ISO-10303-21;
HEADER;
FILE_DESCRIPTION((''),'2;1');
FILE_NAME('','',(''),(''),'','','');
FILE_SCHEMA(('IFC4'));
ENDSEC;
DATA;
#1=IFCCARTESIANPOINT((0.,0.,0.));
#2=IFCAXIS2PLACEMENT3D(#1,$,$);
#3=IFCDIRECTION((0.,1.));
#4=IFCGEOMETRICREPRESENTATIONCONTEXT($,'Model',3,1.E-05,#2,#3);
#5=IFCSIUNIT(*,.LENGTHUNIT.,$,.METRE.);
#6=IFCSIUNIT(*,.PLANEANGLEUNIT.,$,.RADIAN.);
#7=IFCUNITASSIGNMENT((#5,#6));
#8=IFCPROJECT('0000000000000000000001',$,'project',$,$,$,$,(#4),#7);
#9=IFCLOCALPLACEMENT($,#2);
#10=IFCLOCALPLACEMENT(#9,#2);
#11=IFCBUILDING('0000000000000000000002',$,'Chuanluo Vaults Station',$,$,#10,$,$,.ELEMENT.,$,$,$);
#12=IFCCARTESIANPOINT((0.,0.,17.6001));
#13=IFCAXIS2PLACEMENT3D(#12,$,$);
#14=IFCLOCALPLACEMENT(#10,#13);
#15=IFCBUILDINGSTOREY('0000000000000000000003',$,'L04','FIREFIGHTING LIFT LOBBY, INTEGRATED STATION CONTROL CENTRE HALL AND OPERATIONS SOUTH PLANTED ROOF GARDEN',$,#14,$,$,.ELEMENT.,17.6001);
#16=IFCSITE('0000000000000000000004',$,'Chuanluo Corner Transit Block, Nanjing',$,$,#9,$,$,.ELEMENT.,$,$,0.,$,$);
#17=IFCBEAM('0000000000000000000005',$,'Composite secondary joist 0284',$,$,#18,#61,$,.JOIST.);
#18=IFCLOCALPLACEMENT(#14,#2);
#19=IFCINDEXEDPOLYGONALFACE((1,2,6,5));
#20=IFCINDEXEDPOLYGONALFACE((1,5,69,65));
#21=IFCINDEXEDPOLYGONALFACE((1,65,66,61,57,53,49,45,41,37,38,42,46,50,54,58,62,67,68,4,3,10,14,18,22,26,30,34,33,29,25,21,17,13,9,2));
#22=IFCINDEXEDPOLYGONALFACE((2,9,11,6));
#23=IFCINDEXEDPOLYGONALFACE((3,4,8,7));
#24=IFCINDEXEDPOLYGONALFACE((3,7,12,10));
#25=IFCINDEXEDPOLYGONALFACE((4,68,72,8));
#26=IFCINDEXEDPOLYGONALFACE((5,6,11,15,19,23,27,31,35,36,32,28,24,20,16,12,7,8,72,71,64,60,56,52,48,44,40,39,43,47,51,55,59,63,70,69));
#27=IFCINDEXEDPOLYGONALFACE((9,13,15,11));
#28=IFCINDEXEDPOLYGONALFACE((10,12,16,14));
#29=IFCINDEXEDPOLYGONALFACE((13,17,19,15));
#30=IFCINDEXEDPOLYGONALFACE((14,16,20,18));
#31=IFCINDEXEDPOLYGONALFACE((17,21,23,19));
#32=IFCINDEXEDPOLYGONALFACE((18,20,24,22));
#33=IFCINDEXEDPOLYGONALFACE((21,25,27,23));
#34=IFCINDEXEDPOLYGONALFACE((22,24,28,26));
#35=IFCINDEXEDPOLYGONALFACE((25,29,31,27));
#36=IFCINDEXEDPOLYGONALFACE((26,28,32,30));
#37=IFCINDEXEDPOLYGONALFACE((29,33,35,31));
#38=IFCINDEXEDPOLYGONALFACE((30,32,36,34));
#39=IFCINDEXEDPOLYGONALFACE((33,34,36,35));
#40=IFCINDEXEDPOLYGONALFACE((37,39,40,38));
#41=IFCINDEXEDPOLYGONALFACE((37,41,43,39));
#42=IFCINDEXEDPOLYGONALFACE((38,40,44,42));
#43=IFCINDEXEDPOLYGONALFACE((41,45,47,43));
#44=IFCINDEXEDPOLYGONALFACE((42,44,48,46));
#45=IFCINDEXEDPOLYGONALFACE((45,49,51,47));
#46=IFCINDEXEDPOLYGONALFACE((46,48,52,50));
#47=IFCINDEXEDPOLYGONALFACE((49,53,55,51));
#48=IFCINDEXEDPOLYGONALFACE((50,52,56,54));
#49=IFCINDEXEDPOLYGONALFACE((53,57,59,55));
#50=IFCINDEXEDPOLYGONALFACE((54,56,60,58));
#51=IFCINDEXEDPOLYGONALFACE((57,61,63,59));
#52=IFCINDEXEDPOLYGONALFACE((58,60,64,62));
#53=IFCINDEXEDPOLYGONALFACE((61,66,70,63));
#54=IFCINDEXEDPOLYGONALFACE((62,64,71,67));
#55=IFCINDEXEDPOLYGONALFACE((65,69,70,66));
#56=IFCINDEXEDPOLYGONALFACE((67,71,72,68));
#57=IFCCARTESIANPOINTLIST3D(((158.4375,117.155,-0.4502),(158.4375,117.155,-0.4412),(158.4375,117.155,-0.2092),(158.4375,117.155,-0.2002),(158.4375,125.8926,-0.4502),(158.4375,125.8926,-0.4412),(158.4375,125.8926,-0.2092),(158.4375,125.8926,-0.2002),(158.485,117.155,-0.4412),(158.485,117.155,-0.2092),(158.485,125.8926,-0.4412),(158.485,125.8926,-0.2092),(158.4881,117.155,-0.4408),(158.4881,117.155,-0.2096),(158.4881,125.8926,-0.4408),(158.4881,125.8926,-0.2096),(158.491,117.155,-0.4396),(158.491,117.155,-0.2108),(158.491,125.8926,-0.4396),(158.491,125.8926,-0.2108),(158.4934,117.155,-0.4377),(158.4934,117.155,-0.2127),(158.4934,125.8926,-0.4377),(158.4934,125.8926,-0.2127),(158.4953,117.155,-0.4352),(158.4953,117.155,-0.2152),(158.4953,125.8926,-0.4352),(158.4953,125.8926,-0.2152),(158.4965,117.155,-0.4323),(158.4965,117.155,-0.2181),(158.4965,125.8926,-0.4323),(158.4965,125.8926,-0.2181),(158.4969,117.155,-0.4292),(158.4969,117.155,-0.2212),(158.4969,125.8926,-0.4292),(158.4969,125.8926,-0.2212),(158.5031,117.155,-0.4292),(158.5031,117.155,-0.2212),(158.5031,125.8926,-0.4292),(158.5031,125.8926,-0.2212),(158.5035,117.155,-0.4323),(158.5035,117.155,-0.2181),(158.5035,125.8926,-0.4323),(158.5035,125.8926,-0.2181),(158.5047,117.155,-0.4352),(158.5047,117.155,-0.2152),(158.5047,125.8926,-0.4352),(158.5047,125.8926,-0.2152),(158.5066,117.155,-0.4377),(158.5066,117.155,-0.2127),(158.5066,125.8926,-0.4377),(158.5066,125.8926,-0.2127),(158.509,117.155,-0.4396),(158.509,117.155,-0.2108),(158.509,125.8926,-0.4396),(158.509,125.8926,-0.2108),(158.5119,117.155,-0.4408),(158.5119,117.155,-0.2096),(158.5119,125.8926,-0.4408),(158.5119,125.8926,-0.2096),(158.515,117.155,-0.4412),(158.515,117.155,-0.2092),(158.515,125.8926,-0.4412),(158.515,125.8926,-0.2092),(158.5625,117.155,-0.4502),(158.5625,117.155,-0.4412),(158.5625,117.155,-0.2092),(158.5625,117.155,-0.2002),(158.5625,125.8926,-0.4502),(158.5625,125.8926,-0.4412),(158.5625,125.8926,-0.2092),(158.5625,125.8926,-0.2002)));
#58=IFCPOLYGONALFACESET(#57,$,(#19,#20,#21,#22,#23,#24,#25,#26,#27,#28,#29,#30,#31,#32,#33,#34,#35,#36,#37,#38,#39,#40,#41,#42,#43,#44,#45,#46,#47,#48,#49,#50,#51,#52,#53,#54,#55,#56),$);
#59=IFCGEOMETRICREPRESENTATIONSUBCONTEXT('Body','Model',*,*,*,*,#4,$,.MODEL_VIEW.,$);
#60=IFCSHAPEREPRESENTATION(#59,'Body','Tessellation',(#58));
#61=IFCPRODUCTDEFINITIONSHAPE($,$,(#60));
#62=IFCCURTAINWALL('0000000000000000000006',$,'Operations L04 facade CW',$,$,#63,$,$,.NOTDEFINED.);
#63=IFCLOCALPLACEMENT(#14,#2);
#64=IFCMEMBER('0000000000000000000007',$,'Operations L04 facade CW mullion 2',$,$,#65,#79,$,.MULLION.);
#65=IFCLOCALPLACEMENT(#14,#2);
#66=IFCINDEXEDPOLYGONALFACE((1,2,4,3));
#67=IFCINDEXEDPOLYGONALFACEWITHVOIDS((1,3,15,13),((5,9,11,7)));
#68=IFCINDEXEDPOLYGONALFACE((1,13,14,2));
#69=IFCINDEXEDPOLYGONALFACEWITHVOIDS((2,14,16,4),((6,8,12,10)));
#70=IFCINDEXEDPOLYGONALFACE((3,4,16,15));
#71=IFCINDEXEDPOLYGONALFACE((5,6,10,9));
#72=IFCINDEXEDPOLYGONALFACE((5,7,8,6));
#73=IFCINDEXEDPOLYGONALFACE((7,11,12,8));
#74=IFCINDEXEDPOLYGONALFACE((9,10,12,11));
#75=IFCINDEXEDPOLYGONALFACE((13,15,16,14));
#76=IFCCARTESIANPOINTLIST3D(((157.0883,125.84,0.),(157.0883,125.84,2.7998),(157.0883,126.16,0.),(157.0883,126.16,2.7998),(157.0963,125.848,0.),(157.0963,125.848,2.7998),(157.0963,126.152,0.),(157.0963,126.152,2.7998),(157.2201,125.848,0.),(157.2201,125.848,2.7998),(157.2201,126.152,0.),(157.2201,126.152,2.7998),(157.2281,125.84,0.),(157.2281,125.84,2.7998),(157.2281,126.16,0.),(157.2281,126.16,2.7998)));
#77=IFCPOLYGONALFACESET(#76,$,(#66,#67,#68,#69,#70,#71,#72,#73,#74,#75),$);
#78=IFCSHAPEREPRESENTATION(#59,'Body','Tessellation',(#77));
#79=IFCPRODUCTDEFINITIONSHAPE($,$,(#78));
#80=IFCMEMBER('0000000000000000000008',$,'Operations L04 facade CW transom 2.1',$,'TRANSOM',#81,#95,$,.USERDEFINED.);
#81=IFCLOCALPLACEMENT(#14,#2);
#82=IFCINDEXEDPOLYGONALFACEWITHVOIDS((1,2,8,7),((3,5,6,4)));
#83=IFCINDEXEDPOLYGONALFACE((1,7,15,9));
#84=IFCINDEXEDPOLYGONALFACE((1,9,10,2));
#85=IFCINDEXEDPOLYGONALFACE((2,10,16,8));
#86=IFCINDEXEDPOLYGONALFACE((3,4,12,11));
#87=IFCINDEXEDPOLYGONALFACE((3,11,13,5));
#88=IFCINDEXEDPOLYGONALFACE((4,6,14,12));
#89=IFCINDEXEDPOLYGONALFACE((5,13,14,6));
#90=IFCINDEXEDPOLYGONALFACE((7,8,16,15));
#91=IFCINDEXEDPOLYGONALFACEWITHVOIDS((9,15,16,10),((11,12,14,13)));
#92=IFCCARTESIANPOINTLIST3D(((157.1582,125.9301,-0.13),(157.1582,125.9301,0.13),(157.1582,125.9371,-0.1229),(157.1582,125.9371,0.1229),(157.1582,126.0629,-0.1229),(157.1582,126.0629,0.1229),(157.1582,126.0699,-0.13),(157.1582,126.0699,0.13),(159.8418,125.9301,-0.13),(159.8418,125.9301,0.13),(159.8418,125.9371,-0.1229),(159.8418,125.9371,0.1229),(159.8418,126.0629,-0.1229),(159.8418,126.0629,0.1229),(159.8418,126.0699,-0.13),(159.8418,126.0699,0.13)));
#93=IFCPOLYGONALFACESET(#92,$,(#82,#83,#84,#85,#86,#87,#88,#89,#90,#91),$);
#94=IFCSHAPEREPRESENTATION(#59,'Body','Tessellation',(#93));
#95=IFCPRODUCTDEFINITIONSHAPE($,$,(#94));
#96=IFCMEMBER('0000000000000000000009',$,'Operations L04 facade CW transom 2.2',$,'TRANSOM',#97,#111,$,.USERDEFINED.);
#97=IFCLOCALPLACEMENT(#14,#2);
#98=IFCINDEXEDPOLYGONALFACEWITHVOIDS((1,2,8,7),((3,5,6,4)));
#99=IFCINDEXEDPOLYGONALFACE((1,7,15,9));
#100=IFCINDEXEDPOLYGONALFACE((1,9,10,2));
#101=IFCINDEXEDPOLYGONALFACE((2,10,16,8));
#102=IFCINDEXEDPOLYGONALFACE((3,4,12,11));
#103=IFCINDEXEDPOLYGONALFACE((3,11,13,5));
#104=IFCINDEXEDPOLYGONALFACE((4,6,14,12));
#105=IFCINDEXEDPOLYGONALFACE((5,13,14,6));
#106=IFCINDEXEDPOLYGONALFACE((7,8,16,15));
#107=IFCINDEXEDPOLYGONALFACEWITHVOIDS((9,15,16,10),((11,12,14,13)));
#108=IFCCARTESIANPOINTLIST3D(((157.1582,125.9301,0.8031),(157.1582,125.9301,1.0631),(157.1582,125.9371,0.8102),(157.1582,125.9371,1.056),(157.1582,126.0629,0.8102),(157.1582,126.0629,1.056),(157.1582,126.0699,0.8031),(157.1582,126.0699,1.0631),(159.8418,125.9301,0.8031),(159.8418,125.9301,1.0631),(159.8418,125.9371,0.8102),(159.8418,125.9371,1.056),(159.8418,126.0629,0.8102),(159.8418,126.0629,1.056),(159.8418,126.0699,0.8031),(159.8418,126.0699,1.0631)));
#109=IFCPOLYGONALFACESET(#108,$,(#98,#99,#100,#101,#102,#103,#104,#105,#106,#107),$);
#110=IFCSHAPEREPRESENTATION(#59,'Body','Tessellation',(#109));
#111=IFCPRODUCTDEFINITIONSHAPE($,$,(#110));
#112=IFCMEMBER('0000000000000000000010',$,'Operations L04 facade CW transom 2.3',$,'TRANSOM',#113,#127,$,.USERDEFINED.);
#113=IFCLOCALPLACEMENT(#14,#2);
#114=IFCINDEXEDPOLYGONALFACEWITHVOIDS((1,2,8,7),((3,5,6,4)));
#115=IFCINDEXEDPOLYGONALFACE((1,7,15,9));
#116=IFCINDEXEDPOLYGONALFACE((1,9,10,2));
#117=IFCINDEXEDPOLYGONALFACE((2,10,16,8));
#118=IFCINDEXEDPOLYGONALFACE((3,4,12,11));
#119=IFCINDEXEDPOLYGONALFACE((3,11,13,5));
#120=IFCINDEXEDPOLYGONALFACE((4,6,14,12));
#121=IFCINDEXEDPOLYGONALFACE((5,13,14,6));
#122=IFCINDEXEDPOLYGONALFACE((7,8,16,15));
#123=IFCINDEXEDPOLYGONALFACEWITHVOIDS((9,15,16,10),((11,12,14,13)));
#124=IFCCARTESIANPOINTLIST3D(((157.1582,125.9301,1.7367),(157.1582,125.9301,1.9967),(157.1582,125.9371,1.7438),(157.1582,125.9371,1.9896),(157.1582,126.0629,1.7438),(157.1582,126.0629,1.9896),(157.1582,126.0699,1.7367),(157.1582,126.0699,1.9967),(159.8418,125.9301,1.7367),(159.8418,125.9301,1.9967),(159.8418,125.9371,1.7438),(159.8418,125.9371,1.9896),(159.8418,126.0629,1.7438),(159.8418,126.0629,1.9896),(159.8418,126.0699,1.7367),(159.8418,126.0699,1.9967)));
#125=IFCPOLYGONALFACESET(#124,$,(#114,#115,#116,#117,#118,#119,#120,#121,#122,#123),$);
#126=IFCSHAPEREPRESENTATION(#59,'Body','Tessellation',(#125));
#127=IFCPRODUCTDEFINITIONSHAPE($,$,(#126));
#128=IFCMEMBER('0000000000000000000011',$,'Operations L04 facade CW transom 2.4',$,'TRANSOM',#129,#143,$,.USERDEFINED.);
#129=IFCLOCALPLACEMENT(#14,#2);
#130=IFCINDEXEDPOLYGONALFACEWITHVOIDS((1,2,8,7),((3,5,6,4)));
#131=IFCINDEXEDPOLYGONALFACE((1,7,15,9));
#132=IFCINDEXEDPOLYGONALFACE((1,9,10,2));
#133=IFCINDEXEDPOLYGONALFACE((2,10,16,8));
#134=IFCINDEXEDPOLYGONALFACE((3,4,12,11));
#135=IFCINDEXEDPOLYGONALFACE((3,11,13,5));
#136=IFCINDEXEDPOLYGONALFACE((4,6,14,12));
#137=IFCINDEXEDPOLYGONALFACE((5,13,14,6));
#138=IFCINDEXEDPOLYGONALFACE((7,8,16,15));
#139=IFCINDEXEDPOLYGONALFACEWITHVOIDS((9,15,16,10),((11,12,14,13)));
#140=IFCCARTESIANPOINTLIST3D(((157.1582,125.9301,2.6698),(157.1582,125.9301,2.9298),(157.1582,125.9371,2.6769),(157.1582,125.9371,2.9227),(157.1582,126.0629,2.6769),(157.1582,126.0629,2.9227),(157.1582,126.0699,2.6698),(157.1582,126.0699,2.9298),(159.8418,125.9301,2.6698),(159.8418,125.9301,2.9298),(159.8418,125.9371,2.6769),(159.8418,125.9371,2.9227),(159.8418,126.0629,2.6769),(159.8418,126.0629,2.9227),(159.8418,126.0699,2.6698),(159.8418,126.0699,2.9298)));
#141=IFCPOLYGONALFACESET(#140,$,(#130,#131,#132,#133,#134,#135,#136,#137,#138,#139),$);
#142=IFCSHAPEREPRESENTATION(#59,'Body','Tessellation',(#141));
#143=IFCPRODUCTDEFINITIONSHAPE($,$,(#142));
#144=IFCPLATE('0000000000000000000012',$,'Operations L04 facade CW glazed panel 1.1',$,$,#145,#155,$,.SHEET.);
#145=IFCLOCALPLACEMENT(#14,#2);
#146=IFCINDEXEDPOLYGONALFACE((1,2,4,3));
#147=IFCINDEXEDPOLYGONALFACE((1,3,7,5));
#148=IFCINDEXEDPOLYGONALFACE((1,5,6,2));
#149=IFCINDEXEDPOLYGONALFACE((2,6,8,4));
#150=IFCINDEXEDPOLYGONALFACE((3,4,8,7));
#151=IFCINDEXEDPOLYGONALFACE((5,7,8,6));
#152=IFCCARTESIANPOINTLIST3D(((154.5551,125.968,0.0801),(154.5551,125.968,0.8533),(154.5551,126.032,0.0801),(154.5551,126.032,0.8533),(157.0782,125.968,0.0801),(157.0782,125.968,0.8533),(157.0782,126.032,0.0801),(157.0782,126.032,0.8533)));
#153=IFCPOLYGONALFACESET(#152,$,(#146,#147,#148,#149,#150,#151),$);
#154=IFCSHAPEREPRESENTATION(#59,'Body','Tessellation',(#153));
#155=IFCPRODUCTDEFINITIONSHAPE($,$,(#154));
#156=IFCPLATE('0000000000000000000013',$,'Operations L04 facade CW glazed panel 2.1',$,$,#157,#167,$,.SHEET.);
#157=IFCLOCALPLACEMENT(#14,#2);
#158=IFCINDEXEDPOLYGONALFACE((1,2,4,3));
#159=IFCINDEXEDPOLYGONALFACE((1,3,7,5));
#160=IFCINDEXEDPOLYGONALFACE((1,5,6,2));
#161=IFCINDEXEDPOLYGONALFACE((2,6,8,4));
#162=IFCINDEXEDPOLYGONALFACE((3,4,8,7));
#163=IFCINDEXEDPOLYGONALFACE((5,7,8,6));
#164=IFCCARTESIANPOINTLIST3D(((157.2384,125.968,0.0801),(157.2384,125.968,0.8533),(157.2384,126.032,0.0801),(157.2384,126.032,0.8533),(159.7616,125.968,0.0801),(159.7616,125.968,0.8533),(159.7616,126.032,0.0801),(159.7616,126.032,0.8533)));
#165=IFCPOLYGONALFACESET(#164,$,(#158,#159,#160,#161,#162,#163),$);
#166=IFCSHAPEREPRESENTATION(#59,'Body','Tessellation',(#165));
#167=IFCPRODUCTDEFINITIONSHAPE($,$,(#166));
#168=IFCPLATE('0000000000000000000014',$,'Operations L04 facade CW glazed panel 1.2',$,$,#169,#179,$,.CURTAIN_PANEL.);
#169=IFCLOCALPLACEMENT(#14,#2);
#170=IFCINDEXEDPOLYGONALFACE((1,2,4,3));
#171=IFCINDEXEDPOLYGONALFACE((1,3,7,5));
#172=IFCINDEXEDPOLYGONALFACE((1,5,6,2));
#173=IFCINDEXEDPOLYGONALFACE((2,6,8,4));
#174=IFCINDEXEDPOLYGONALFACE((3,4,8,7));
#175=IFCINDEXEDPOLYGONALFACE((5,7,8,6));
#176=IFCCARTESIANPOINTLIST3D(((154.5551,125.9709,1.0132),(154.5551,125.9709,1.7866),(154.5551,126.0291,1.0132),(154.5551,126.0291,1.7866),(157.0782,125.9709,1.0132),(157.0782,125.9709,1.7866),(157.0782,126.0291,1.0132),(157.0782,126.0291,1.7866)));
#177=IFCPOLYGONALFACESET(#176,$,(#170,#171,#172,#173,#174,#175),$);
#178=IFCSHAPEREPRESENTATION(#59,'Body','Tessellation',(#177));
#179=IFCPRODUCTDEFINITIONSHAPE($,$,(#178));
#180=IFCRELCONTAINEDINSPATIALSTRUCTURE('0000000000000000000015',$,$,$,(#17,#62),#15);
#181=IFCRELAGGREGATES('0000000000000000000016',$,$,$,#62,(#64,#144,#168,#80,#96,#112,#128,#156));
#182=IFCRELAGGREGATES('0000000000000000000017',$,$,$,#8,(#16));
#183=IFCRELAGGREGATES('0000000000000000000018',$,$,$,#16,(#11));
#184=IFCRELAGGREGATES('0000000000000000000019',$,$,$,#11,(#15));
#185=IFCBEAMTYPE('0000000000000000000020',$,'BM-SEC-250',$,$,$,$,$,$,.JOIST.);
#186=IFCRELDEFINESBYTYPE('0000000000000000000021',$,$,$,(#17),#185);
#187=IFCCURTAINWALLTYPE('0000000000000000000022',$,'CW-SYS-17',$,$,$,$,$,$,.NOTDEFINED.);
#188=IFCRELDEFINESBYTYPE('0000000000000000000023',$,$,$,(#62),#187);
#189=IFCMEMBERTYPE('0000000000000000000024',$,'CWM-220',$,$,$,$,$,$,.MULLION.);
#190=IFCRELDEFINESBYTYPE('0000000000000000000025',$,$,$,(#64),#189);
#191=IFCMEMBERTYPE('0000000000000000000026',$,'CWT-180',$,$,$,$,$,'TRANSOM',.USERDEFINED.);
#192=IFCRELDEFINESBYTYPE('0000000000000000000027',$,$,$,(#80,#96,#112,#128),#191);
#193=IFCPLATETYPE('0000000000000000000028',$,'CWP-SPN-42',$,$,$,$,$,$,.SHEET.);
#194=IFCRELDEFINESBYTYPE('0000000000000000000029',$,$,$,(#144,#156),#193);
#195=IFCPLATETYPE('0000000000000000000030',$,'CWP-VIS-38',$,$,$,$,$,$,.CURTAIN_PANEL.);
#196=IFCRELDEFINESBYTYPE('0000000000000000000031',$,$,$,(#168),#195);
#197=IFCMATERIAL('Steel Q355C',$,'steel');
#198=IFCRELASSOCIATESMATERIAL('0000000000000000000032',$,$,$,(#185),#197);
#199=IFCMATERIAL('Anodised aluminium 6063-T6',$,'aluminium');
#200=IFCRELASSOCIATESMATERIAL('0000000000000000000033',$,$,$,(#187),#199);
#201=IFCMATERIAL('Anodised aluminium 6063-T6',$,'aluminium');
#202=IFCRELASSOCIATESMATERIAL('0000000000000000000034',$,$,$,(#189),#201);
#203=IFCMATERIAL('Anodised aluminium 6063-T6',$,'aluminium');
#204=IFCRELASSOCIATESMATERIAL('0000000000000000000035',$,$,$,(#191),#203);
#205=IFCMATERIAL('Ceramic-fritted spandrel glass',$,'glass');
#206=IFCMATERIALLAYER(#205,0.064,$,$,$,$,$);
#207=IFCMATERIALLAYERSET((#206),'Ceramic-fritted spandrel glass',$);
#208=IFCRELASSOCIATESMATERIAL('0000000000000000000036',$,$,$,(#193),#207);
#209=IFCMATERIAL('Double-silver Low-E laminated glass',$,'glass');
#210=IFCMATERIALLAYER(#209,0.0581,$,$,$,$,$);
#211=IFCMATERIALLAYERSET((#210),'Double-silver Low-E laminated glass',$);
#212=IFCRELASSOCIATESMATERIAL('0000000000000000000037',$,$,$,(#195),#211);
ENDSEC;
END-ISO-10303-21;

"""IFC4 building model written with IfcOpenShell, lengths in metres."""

from ifc_helpers import new_model, si_unit, direction, frame, origin, origin_2d, place, context, subcontext, project, spatial, rectangle, hollow_rectangle, i_section, extrude, material, layer, layer_set, material_profile, profile_set, type_object, element, aggregate, save


model = new_model("IFC4")

# Units and contexts
model_context = context("Model", 3, precision=1e-05, world=origin(), true_north=direction((0.0, 1.0)))
body_context = subcontext(model_context, "Body", "Model", "MODEL_VIEW")
ifc_project = project(units=[si_unit("LENGTHUNIT", "METRE"), si_unit("PLANEANGLEUNIT", "RADIAN")], contexts=[model_context])

# Site, building, storey
site_placement = place(None, origin())
site = spatial("IfcSite", under=ifc_project, at=site_placement, Name="Chuanluo Corner Transit Block, Nanjing", CompositionType="ELEMENT", RefElevation=0.0)
building_placement = place(site_placement, origin())
building = spatial("IfcBuilding", under=site, at=building_placement, Name="Chuanluo Vaults Station", CompositionType="ELEMENT")
storey_placement = place(building_placement, frame((0.0, 0.0, 17.6001)))
storey = spatial("IfcBuildingStorey", under=building, at=storey_placement, Name="L04", Description="FIREFIGHTING LIFT LOBBY, INTEGRATED STATION CONTROL CENTRE HALL AND OPERATIONS SOUTH PLANTED ROOF GARDEN", CompositionType="ELEMENT", Elevation=17.6001)

# Beam
ifc_material_1 = material(Name="Steel Q355C", Category="steel")
ifc_material_profile_1 = material_profile(ifc_material_1, i_section(OverallWidth=0.125, OverallDepth=0.25, WebThickness=0.0061, FlangeThickness=0.009, FilletRadius=0.012, at=origin_2d()))
ifc_profile_set_1 = profile_set([ifc_material_profile_1], Name="Steel Q355C")
beam_type_1 = type_object("IfcBeamType", Name="BM-SEC-250", PredefinedType="JOIST", material=ifc_profile_set_1)
beam_1_placement = place(storey_placement, frame((158.5, 117.155, -0.3252), z_axis=(0.0, 1.0, 0.0), x_axis=(-1.0, 0.0, 0.0)))
element("IfcBeam", 1, at=beam_1_placement, inside=storey, type_object=beam_type_1, Name="Composite secondary joist 0284", PredefinedType="JOIST", context=body_context, shape_type="SweptSolid", body=[
    extrude(i_section(OverallWidth=0.125, OverallDepth=0.25, WebThickness=0.0061, FlangeThickness=0.009, FilletRadius=0.012, at=origin_2d()), origin(), (0.0, 0.0, 1.0), 8.7375),
])

# Curtain wall, members, plates
ifc_material_2 = material(Name="Anodised aluminium 6063-T6", Category="aluminium")
curtain_wall_type = type_object("IfcCurtainWallType", Name="CW-SYS-17", PredefinedType="NOTDEFINED", material=ifc_material_2)
curtain_wall_placement = place(storey_placement, origin())
curtain_wall = element("IfcCurtainWall", 2, at=curtain_wall_placement, inside=storey, type_object=curtain_wall_type, Name="Operations L04 facade CW", PredefinedType="NOTDEFINED")
ifc_material_3 = material(Name="Anodised aluminium 6063-T6", Category="aluminium")
ifc_material_profile_2 = material_profile(ifc_material_3, hollow_rectangle(XDim=0.1399, YDim=0.3201, WallThickness=0.0081, at=origin_2d()))
ifc_profile_set_2 = profile_set([ifc_material_profile_2], Name="Anodised aluminium 6063-T6")
member_type_1 = type_object("IfcMemberType", Name="CWM-220", PredefinedType="MULLION", material=ifc_profile_set_2)
member_1_placement = place(storey_placement, frame((157.1582, 126.0, 0.0), z_axis=(0.0, 0.0, 1.0), x_axis=(1.0, 0.0, 0.0)))
member_1 = element("IfcMember", 3, at=member_1_placement, type_object=member_type_1, Name="Operations L04 facade CW mullion 2", PredefinedType="MULLION", context=body_context, shape_type="SweptSolid", body=[
    extrude(hollow_rectangle(XDim=0.1399, YDim=0.3201, WallThickness=0.0081, at=origin_2d()), origin(), (0.0, 0.0, 1.0), 2.7998),
])
ifc_material_4 = material(Name="Anodised aluminium 6063-T6", Category="aluminium")
ifc_material_profile_3 = material_profile(ifc_material_4, hollow_rectangle(XDim=0.1399, YDim=0.26, WallThickness=0.0071, at=origin_2d()))
ifc_profile_set_3 = profile_set([ifc_material_profile_3], Name="Anodised aluminium 6063-T6")
member_type_2 = type_object("IfcMemberType", Name="CWT-180", ElementType="TRANSOM", PredefinedType="USERDEFINED", material=ifc_profile_set_3)
member_2_placement = place(storey_placement, frame((157.1582, 126.0, 0.0), z_axis=(1.0, 0.0, 0.0), x_axis=(0.0, 1.0, 0.0)))
member_2 = element("IfcMember", 4, at=member_2_placement, type_object=member_type_2, Name="Operations L04 facade CW transom 2.1", ObjectType="TRANSOM", PredefinedType="USERDEFINED", context=body_context, shape_type="SweptSolid", body=[
    extrude(hollow_rectangle(XDim=0.1399, YDim=0.26, WallThickness=0.0071, at=origin_2d()), origin(), (0.0, 0.0, 1.0), 2.6836),
])
member_3_placement = place(storey_placement, frame((157.1582, 126.0, 0.9331), z_axis=(1.0, 0.0, 0.0), x_axis=(0.0, 1.0, 0.0)))
member_3 = element("IfcMember", 5, at=member_3_placement, type_object=member_type_2, Name="Operations L04 facade CW transom 2.2", ObjectType="TRANSOM", PredefinedType="USERDEFINED", context=body_context, shape_type="SweptSolid", body=[
    extrude(hollow_rectangle(XDim=0.1399, YDim=0.26, WallThickness=0.0071, at=origin_2d()), origin(), (0.0, 0.0, 1.0), 2.6836),
])
member_4_placement = place(storey_placement, frame((157.1582, 126.0, 1.8667), z_axis=(1.0, 0.0, 0.0), x_axis=(0.0, 1.0, 0.0)))
member_4 = element("IfcMember", 6, at=member_4_placement, type_object=member_type_2, Name="Operations L04 facade CW transom 2.3", ObjectType="TRANSOM", PredefinedType="USERDEFINED", context=body_context, shape_type="SweptSolid", body=[
    extrude(hollow_rectangle(XDim=0.1399, YDim=0.26, WallThickness=0.0071, at=origin_2d()), origin(), (0.0, 0.0, 1.0), 2.6836),
])
member_5_placement = place(storey_placement, frame((157.1582, 126.0, 2.7998), z_axis=(1.0, 0.0, 0.0), x_axis=(0.0, 1.0, 0.0)))
member_5 = element("IfcMember", 7, at=member_5_placement, type_object=member_type_2, Name="Operations L04 facade CW transom 2.4", ObjectType="TRANSOM", PredefinedType="USERDEFINED", context=body_context, shape_type="SweptSolid", body=[
    extrude(hollow_rectangle(XDim=0.1399, YDim=0.26, WallThickness=0.0071, at=origin_2d()), origin(), (0.0, 0.0, 1.0), 2.6836),
])
ifc_material_5 = material(Name="Ceramic-fritted spandrel glass", Category="glass")
ifc_layer_1 = layer(ifc_material_5, 0.064)
ifc_layer_set_1 = layer_set([ifc_layer_1], Name="Ceramic-fritted spandrel glass")
plate_type_1 = type_object("IfcPlateType", Name="CWP-SPN-42", PredefinedType="SHEET", material=ifc_layer_set_1)
plate_1_placement = place(storey_placement, frame((155.8167, 126.0, 0.0801), z_axis=(0.0, 0.0, 1.0), x_axis=(1.0, 0.0, 0.0)))
plate_1 = element("IfcPlate", 8, at=plate_1_placement, type_object=plate_type_1, Name="Operations L04 facade CW glazed panel 1.1", PredefinedType="SHEET", context=body_context, shape_type="SweptSolid", body=[
    extrude(rectangle(XDim=2.5232, YDim=0.064, at=origin_2d()), origin(), (0.0, 0.0, 1.0), 0.7732),
])
plate_2_placement = place(storey_placement, frame((158.5, 126.0, 0.0801), z_axis=(0.0, 0.0, 1.0), x_axis=(1.0, 0.0, 0.0)))
plate_2 = element("IfcPlate", 9, at=plate_2_placement, type_object=plate_type_1, Name="Operations L04 facade CW glazed panel 2.1", PredefinedType="SHEET", context=body_context, shape_type="SweptSolid", body=[
    extrude(rectangle(XDim=2.5232, YDim=0.064, at=origin_2d()), origin(), (0.0, 0.0, 1.0), 0.7732),
])
ifc_material_6 = material(Name="Double-silver Low-E laminated glass", Category="glass")
ifc_layer_2 = layer(ifc_material_6, 0.0581)
ifc_layer_set_2 = layer_set([ifc_layer_2], Name="Double-silver Low-E laminated glass")
plate_type_2 = type_object("IfcPlateType", Name="CWP-VIS-38", PredefinedType="CURTAIN_PANEL", material=ifc_layer_set_2)
plate_3_placement = place(storey_placement, frame((155.8167, 126.0, 1.0132), z_axis=(0.0, 0.0, 1.0), x_axis=(1.0, 0.0, 0.0)))
plate_3 = element("IfcPlate", 10, at=plate_3_placement, type_object=plate_type_2, Name="Operations L04 facade CW glazed panel 1.2", PredefinedType="CURTAIN_PANEL", context=body_context, shape_type="SweptSolid", body=[
    extrude(rectangle(XDim=2.5232, YDim=0.0581, at=origin_2d()), origin(), (0.0, 0.0, 1.0), 0.7734),
])
aggregate(curtain_wall, [member_1, plate_1, plate_3, member_2, member_3, member_4, member_5, plate_2])

save(model, "model.ifc")
